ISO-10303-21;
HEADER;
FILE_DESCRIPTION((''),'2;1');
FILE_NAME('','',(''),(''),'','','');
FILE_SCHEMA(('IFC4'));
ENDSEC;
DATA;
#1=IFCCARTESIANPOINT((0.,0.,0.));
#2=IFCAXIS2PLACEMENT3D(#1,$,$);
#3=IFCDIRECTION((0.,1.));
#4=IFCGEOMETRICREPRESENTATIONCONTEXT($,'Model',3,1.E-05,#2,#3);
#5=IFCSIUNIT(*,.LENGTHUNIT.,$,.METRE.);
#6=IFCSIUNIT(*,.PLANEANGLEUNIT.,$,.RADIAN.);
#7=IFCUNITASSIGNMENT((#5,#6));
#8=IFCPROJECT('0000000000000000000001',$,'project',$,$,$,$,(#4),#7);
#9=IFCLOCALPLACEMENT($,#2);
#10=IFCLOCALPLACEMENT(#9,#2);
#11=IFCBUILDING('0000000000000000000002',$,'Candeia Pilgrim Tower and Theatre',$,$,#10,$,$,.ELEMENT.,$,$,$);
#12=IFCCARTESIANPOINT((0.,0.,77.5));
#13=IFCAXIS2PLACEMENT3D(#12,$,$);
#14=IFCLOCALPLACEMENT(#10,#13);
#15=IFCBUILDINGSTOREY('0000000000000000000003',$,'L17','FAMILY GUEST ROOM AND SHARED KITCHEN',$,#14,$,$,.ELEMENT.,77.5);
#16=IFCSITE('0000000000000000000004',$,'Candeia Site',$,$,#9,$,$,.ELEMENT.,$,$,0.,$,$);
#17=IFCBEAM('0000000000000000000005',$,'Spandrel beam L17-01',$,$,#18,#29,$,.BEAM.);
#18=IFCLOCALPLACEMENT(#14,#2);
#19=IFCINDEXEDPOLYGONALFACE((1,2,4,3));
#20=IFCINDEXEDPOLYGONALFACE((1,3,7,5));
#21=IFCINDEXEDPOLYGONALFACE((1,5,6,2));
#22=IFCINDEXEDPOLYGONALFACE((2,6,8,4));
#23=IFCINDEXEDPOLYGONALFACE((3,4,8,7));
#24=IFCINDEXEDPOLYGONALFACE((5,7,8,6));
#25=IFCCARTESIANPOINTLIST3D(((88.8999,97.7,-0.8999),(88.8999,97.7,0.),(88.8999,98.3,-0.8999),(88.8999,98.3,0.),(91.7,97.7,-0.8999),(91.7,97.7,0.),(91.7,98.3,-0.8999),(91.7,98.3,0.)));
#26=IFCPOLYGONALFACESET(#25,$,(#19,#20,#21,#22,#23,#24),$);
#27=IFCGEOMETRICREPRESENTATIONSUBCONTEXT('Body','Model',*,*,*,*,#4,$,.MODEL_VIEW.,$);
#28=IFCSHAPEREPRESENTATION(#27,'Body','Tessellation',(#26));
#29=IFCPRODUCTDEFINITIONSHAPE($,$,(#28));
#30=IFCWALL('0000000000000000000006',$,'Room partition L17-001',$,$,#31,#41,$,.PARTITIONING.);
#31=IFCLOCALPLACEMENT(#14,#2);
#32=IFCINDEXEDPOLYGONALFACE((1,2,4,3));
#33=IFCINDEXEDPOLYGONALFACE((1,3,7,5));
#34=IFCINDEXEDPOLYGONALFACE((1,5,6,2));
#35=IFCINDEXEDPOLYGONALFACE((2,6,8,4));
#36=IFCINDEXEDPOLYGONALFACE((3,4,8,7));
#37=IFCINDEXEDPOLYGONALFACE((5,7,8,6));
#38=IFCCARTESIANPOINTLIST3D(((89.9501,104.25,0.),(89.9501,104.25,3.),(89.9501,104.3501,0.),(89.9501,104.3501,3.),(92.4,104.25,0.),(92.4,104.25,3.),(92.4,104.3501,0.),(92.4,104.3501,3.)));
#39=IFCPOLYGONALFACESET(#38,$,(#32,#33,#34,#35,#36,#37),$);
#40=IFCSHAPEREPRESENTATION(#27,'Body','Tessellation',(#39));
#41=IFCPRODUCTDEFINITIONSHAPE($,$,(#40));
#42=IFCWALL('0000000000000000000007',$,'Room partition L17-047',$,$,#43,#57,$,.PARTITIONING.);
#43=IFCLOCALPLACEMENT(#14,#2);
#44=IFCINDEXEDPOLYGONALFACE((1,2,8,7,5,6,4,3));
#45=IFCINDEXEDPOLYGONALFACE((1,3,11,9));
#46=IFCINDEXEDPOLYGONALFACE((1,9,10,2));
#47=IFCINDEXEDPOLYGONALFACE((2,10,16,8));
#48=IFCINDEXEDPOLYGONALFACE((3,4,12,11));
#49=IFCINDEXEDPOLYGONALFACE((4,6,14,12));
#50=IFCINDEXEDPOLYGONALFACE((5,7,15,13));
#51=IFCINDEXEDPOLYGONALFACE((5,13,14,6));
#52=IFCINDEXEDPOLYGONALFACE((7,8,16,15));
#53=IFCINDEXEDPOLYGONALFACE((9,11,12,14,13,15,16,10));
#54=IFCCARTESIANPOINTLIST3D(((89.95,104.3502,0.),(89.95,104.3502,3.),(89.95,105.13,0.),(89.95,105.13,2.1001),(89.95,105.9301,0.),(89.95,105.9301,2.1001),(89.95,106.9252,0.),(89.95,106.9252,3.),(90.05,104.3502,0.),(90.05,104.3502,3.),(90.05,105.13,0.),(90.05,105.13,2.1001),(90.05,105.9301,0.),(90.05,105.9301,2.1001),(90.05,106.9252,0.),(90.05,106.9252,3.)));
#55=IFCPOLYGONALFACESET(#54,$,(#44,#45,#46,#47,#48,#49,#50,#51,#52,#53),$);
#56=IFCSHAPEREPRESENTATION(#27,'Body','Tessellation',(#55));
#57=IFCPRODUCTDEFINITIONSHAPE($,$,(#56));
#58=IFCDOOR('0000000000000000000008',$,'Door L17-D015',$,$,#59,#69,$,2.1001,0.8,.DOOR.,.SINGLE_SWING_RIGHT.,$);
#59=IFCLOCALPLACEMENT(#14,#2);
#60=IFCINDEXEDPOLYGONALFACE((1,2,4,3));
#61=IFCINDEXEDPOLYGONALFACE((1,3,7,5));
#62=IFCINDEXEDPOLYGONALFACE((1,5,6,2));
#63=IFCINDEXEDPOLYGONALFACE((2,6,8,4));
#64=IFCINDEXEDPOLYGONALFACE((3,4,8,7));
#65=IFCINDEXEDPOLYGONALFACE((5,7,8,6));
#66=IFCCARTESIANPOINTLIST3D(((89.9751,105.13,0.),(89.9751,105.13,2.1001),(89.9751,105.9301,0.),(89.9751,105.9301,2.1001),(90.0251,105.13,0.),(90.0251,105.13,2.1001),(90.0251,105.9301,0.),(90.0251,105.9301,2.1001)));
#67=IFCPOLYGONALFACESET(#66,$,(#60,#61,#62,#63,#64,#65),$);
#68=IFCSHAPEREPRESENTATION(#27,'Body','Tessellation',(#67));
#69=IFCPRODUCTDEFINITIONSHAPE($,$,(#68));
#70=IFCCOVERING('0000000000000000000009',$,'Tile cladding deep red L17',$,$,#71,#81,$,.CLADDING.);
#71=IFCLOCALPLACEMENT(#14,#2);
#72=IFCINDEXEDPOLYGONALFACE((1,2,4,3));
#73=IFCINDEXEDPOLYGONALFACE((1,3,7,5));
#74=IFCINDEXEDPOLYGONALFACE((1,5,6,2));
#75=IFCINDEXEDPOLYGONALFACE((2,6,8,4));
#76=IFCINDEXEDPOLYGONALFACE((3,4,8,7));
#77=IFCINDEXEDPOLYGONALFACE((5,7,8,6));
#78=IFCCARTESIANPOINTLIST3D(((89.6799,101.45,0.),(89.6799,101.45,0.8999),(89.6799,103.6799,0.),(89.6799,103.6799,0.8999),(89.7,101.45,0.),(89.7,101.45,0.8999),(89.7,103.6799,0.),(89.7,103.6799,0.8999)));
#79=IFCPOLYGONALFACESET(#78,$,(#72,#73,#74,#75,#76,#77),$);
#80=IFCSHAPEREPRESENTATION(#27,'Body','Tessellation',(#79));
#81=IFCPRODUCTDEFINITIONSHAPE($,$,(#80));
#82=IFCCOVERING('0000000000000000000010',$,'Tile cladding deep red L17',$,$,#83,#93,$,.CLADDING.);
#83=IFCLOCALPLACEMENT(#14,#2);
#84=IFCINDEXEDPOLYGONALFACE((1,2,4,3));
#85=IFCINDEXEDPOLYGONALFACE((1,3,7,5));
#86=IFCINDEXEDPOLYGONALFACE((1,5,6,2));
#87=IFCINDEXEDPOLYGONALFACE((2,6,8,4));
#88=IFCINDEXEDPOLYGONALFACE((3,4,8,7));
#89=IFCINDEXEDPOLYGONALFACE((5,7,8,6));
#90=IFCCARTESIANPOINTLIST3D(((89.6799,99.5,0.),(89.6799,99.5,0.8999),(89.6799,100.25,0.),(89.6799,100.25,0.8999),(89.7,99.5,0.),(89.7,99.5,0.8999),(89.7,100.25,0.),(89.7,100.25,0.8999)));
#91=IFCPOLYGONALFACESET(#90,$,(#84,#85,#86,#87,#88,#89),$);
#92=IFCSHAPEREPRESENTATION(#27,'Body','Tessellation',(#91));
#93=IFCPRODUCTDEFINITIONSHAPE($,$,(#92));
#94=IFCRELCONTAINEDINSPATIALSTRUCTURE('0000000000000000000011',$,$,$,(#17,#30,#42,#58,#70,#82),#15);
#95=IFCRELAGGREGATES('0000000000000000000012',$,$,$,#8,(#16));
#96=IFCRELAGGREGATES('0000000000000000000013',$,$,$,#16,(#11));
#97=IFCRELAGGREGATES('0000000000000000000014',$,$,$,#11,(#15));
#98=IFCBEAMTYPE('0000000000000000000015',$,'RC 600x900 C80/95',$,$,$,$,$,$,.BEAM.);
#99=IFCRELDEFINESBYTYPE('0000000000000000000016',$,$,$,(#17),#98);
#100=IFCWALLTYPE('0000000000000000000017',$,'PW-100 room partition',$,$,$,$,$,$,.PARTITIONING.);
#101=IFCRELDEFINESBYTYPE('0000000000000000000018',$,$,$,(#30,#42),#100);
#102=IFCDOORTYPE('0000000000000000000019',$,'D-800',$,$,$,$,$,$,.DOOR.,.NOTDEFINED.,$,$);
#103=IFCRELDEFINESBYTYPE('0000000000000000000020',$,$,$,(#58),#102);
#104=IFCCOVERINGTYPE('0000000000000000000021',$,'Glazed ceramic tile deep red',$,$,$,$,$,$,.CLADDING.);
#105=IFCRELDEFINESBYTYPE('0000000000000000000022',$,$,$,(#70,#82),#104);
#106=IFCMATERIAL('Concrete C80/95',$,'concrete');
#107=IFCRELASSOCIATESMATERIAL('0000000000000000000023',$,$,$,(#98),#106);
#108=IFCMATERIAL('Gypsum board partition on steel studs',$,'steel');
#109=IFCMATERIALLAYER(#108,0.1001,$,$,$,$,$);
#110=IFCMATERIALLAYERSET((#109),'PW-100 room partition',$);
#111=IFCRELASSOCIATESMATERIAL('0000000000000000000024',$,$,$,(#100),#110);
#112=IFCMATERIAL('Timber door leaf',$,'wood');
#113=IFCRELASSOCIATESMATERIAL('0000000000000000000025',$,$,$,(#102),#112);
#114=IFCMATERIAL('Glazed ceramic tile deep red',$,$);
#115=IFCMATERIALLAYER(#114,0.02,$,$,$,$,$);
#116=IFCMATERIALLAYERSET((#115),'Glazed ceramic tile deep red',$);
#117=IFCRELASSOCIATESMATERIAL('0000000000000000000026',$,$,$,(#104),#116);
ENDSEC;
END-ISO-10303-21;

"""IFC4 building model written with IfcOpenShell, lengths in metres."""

from ifc_helpers import new_model, si_unit, direction, frame, frame_2d, origin, origin_2d, place, context, subcontext, project, spatial, rectangle, extrude, material, layer, layer_set, material_profile, profile_set, type_object, element, fill, save


model = new_model("IFC4")

# Units and contexts
model_context = context("Model", 3, precision=1e-05, world=origin(), true_north=direction((0.0, 1.0)))
body_context = subcontext(model_context, "Body", "Model", "MODEL_VIEW")
ifc_project = project(units=[si_unit("LENGTHUNIT", "METRE"), si_unit("PLANEANGLEUNIT", "RADIAN")], contexts=[model_context])

# Site, building, storey
site_placement = place(None, origin())
site = spatial("IfcSite", under=ifc_project, at=site_placement, Name="Candeia Site", CompositionType="ELEMENT", RefElevation=0.0)
building_placement = place(site_placement, origin())
building = spatial("IfcBuilding", under=site, at=building_placement, Name="Candeia Pilgrim Tower and Theatre", CompositionType="ELEMENT")
storey_placement = place(building_placement, frame((0.0, 0.0, 77.5)))
storey = spatial("IfcBuildingStorey", under=building, at=storey_placement, Name="L17", Description="FAMILY GUEST ROOM AND SHARED KITCHEN", CompositionType="ELEMENT", Elevation=77.5)

# Beam
ifc_material_1 = material(Name="Concrete C80/95", Category="concrete")
ifc_material_profile = material_profile(ifc_material_1, rectangle(XDim=0.6001, YDim=0.8999, at=origin_2d()))
ifc_profile_set = profile_set([ifc_material_profile], Name="Concrete C80/95")
beam_type = type_object("IfcBeamType", Name="RC 600x900 C80/95", PredefinedType="BEAM", material=ifc_profile_set)
beam_placement = place(storey_placement, frame((88.8999, 98.0, -0.45), z_axis=(1.0, 0.0, 0.0), x_axis=(0.0, 1.0, 0.0)))
element("IfcBeam", 1, at=beam_placement, inside=storey, type_object=beam_type, Name="Spandrel beam L17-01", PredefinedType="BEAM", context=body_context, shape_type="SweptSolid", body=[
    extrude(rectangle(XDim=0.6001, YDim=0.8999, at=origin_2d()), origin(), (0.0, 0.0, 1.0), 2.8),
])

# Wall
ifc_material_2 = material(Name="Gypsum board partition on steel studs", Category="steel")
ifc_layer_1 = layer(ifc_material_2, 0.1001)
ifc_layer_set_1 = layer_set([ifc_layer_1], Name="PW-100 room partition")
wall_type_1 = type_object("IfcWallType", Name="PW-100 room partition", PredefinedType="PARTITIONING", material=ifc_layer_set_1)
wall_1_placement = place(storey_placement, frame((89.95, 104.3, 0.0), z_axis=(0.0, 0.0, 1.0), x_axis=(1.0, 0.0, 0.0)))
element("IfcWall", 2, at=wall_1_placement, inside=storey, type_object=wall_type_1, Name="Room partition L17-001", PredefinedType="PARTITIONING", context=body_context, shape_type="SweptSolid", body=[
    extrude(rectangle(XDim=2.45, YDim=0.1001, at=frame_2d((1.2251, 0.0))), origin(), (0.0, 0.0, 1.0), 3.0),
])

# Wall, opening, door
wall_2_placement = place(storey_placement, frame((90.0, 104.3501, 0.0), z_axis=(0.0, 0.0, 1.0), x_axis=(0.0, 1.0, 0.0)))
wall_2 = element("IfcWall", 3, at=wall_2_placement, inside=storey, type_object=wall_type_1, Name="Room partition L17-047", PredefinedType="PARTITIONING", context=body_context, shape_type="SweptSolid", body=[
    extrude(rectangle(XDim=2.575, YDim=0.1001, at=frame_2d((1.2876, 0.0))), origin(), (0.0, 0.0, 1.0), 3.0),
])
opening_1_placement = place(wall_2_placement, frame((0.78, 0.0, 0.0)))
opening_1 = element("IfcOpeningElement", 4, at=opening_1_placement, cuts=wall_2, PredefinedType="OPENING", context=body_context, shape_type="SweptSolid", body=[
    extrude(rectangle(XDim=0.8, YDim=2.1001, at=frame_2d((0.3999, 1.05))), frame((0.0, 0.0601, 0.0), z_axis=(0.0, -1.0, 0.0), x_axis=(1.0, 0.0, 0.0)), (0.0, 0.0, 1.0), 0.1201),
])
ifc_material_3 = material(Name="Timber door leaf", Category="wood")
door_type_1 = type_object("IfcDoorType", Name="D-800", OperationType="NOTDEFINED", PredefinedType="DOOR", material=ifc_material_3)
door_1_placement = place(opening_1_placement, origin())
door_1 = element("IfcDoor", 5, at=door_1_placement, inside=storey, type_object=door_type_1, Name="Door L17-D015", OperationType="SINGLE_SWING_RIGHT", OverallHeight=2.1001, OverallWidth=0.8, PredefinedType="DOOR", context=body_context, shape_type="SweptSolid", body=[
    extrude(rectangle(XDim=0.8, YDim=2.1001, at=frame_2d((0.3999, 1.05))), frame((0.0, 0.0249, 0.0), z_axis=(0.0, -1.0, 0.0), x_axis=(1.0, 0.0, 0.0)), (0.0, 0.0, 1.0), 0.05),
])
fill(opening_1, door_1)

# Coverings
ifc_material_4 = material(Name="Glazed ceramic tile deep red")
ifc_layer_2 = layer(ifc_material_4, 0.02)
ifc_layer_set_2 = layer_set([ifc_layer_2], Name="Glazed ceramic tile deep red")
covering_type = type_object("IfcCoveringType", Name="Glazed ceramic tile deep red", PredefinedType="CLADDING", material=ifc_layer_set_2)
covering_1_placement = place(storey_placement, frame((89.6899, 102.5649, 0.0), z_axis=(0.0, 0.0, 1.0), x_axis=(0.0, -1.0, 0.0)))
element("IfcCovering", 6, at=covering_1_placement, inside=storey, type_object=covering_type, Name="Tile cladding deep red L17", PredefinedType="CLADDING", context=body_context, shape_type="SweptSolid", body=[
    extrude(rectangle(XDim=2.23, YDim=0.02, at=origin_2d()), origin(), (0.0, 0.0, 1.0), 0.8999),
])
covering_2_placement = place(storey_placement, frame((89.6899, 99.875, 0.0), z_axis=(0.0, 0.0, 1.0), x_axis=(0.0, -1.0, 0.0)))
element("IfcCovering", 7, at=covering_2_placement, inside=storey, type_object=covering_type, Name="Tile cladding deep red L17", PredefinedType="CLADDING", context=body_context, shape_type="SweptSolid", body=[
    extrude(rectangle(XDim=0.75, YDim=0.02, at=origin_2d()), origin(), (0.0, 0.0, 1.0), 0.8999),
])

save(model, "model.ifc")
